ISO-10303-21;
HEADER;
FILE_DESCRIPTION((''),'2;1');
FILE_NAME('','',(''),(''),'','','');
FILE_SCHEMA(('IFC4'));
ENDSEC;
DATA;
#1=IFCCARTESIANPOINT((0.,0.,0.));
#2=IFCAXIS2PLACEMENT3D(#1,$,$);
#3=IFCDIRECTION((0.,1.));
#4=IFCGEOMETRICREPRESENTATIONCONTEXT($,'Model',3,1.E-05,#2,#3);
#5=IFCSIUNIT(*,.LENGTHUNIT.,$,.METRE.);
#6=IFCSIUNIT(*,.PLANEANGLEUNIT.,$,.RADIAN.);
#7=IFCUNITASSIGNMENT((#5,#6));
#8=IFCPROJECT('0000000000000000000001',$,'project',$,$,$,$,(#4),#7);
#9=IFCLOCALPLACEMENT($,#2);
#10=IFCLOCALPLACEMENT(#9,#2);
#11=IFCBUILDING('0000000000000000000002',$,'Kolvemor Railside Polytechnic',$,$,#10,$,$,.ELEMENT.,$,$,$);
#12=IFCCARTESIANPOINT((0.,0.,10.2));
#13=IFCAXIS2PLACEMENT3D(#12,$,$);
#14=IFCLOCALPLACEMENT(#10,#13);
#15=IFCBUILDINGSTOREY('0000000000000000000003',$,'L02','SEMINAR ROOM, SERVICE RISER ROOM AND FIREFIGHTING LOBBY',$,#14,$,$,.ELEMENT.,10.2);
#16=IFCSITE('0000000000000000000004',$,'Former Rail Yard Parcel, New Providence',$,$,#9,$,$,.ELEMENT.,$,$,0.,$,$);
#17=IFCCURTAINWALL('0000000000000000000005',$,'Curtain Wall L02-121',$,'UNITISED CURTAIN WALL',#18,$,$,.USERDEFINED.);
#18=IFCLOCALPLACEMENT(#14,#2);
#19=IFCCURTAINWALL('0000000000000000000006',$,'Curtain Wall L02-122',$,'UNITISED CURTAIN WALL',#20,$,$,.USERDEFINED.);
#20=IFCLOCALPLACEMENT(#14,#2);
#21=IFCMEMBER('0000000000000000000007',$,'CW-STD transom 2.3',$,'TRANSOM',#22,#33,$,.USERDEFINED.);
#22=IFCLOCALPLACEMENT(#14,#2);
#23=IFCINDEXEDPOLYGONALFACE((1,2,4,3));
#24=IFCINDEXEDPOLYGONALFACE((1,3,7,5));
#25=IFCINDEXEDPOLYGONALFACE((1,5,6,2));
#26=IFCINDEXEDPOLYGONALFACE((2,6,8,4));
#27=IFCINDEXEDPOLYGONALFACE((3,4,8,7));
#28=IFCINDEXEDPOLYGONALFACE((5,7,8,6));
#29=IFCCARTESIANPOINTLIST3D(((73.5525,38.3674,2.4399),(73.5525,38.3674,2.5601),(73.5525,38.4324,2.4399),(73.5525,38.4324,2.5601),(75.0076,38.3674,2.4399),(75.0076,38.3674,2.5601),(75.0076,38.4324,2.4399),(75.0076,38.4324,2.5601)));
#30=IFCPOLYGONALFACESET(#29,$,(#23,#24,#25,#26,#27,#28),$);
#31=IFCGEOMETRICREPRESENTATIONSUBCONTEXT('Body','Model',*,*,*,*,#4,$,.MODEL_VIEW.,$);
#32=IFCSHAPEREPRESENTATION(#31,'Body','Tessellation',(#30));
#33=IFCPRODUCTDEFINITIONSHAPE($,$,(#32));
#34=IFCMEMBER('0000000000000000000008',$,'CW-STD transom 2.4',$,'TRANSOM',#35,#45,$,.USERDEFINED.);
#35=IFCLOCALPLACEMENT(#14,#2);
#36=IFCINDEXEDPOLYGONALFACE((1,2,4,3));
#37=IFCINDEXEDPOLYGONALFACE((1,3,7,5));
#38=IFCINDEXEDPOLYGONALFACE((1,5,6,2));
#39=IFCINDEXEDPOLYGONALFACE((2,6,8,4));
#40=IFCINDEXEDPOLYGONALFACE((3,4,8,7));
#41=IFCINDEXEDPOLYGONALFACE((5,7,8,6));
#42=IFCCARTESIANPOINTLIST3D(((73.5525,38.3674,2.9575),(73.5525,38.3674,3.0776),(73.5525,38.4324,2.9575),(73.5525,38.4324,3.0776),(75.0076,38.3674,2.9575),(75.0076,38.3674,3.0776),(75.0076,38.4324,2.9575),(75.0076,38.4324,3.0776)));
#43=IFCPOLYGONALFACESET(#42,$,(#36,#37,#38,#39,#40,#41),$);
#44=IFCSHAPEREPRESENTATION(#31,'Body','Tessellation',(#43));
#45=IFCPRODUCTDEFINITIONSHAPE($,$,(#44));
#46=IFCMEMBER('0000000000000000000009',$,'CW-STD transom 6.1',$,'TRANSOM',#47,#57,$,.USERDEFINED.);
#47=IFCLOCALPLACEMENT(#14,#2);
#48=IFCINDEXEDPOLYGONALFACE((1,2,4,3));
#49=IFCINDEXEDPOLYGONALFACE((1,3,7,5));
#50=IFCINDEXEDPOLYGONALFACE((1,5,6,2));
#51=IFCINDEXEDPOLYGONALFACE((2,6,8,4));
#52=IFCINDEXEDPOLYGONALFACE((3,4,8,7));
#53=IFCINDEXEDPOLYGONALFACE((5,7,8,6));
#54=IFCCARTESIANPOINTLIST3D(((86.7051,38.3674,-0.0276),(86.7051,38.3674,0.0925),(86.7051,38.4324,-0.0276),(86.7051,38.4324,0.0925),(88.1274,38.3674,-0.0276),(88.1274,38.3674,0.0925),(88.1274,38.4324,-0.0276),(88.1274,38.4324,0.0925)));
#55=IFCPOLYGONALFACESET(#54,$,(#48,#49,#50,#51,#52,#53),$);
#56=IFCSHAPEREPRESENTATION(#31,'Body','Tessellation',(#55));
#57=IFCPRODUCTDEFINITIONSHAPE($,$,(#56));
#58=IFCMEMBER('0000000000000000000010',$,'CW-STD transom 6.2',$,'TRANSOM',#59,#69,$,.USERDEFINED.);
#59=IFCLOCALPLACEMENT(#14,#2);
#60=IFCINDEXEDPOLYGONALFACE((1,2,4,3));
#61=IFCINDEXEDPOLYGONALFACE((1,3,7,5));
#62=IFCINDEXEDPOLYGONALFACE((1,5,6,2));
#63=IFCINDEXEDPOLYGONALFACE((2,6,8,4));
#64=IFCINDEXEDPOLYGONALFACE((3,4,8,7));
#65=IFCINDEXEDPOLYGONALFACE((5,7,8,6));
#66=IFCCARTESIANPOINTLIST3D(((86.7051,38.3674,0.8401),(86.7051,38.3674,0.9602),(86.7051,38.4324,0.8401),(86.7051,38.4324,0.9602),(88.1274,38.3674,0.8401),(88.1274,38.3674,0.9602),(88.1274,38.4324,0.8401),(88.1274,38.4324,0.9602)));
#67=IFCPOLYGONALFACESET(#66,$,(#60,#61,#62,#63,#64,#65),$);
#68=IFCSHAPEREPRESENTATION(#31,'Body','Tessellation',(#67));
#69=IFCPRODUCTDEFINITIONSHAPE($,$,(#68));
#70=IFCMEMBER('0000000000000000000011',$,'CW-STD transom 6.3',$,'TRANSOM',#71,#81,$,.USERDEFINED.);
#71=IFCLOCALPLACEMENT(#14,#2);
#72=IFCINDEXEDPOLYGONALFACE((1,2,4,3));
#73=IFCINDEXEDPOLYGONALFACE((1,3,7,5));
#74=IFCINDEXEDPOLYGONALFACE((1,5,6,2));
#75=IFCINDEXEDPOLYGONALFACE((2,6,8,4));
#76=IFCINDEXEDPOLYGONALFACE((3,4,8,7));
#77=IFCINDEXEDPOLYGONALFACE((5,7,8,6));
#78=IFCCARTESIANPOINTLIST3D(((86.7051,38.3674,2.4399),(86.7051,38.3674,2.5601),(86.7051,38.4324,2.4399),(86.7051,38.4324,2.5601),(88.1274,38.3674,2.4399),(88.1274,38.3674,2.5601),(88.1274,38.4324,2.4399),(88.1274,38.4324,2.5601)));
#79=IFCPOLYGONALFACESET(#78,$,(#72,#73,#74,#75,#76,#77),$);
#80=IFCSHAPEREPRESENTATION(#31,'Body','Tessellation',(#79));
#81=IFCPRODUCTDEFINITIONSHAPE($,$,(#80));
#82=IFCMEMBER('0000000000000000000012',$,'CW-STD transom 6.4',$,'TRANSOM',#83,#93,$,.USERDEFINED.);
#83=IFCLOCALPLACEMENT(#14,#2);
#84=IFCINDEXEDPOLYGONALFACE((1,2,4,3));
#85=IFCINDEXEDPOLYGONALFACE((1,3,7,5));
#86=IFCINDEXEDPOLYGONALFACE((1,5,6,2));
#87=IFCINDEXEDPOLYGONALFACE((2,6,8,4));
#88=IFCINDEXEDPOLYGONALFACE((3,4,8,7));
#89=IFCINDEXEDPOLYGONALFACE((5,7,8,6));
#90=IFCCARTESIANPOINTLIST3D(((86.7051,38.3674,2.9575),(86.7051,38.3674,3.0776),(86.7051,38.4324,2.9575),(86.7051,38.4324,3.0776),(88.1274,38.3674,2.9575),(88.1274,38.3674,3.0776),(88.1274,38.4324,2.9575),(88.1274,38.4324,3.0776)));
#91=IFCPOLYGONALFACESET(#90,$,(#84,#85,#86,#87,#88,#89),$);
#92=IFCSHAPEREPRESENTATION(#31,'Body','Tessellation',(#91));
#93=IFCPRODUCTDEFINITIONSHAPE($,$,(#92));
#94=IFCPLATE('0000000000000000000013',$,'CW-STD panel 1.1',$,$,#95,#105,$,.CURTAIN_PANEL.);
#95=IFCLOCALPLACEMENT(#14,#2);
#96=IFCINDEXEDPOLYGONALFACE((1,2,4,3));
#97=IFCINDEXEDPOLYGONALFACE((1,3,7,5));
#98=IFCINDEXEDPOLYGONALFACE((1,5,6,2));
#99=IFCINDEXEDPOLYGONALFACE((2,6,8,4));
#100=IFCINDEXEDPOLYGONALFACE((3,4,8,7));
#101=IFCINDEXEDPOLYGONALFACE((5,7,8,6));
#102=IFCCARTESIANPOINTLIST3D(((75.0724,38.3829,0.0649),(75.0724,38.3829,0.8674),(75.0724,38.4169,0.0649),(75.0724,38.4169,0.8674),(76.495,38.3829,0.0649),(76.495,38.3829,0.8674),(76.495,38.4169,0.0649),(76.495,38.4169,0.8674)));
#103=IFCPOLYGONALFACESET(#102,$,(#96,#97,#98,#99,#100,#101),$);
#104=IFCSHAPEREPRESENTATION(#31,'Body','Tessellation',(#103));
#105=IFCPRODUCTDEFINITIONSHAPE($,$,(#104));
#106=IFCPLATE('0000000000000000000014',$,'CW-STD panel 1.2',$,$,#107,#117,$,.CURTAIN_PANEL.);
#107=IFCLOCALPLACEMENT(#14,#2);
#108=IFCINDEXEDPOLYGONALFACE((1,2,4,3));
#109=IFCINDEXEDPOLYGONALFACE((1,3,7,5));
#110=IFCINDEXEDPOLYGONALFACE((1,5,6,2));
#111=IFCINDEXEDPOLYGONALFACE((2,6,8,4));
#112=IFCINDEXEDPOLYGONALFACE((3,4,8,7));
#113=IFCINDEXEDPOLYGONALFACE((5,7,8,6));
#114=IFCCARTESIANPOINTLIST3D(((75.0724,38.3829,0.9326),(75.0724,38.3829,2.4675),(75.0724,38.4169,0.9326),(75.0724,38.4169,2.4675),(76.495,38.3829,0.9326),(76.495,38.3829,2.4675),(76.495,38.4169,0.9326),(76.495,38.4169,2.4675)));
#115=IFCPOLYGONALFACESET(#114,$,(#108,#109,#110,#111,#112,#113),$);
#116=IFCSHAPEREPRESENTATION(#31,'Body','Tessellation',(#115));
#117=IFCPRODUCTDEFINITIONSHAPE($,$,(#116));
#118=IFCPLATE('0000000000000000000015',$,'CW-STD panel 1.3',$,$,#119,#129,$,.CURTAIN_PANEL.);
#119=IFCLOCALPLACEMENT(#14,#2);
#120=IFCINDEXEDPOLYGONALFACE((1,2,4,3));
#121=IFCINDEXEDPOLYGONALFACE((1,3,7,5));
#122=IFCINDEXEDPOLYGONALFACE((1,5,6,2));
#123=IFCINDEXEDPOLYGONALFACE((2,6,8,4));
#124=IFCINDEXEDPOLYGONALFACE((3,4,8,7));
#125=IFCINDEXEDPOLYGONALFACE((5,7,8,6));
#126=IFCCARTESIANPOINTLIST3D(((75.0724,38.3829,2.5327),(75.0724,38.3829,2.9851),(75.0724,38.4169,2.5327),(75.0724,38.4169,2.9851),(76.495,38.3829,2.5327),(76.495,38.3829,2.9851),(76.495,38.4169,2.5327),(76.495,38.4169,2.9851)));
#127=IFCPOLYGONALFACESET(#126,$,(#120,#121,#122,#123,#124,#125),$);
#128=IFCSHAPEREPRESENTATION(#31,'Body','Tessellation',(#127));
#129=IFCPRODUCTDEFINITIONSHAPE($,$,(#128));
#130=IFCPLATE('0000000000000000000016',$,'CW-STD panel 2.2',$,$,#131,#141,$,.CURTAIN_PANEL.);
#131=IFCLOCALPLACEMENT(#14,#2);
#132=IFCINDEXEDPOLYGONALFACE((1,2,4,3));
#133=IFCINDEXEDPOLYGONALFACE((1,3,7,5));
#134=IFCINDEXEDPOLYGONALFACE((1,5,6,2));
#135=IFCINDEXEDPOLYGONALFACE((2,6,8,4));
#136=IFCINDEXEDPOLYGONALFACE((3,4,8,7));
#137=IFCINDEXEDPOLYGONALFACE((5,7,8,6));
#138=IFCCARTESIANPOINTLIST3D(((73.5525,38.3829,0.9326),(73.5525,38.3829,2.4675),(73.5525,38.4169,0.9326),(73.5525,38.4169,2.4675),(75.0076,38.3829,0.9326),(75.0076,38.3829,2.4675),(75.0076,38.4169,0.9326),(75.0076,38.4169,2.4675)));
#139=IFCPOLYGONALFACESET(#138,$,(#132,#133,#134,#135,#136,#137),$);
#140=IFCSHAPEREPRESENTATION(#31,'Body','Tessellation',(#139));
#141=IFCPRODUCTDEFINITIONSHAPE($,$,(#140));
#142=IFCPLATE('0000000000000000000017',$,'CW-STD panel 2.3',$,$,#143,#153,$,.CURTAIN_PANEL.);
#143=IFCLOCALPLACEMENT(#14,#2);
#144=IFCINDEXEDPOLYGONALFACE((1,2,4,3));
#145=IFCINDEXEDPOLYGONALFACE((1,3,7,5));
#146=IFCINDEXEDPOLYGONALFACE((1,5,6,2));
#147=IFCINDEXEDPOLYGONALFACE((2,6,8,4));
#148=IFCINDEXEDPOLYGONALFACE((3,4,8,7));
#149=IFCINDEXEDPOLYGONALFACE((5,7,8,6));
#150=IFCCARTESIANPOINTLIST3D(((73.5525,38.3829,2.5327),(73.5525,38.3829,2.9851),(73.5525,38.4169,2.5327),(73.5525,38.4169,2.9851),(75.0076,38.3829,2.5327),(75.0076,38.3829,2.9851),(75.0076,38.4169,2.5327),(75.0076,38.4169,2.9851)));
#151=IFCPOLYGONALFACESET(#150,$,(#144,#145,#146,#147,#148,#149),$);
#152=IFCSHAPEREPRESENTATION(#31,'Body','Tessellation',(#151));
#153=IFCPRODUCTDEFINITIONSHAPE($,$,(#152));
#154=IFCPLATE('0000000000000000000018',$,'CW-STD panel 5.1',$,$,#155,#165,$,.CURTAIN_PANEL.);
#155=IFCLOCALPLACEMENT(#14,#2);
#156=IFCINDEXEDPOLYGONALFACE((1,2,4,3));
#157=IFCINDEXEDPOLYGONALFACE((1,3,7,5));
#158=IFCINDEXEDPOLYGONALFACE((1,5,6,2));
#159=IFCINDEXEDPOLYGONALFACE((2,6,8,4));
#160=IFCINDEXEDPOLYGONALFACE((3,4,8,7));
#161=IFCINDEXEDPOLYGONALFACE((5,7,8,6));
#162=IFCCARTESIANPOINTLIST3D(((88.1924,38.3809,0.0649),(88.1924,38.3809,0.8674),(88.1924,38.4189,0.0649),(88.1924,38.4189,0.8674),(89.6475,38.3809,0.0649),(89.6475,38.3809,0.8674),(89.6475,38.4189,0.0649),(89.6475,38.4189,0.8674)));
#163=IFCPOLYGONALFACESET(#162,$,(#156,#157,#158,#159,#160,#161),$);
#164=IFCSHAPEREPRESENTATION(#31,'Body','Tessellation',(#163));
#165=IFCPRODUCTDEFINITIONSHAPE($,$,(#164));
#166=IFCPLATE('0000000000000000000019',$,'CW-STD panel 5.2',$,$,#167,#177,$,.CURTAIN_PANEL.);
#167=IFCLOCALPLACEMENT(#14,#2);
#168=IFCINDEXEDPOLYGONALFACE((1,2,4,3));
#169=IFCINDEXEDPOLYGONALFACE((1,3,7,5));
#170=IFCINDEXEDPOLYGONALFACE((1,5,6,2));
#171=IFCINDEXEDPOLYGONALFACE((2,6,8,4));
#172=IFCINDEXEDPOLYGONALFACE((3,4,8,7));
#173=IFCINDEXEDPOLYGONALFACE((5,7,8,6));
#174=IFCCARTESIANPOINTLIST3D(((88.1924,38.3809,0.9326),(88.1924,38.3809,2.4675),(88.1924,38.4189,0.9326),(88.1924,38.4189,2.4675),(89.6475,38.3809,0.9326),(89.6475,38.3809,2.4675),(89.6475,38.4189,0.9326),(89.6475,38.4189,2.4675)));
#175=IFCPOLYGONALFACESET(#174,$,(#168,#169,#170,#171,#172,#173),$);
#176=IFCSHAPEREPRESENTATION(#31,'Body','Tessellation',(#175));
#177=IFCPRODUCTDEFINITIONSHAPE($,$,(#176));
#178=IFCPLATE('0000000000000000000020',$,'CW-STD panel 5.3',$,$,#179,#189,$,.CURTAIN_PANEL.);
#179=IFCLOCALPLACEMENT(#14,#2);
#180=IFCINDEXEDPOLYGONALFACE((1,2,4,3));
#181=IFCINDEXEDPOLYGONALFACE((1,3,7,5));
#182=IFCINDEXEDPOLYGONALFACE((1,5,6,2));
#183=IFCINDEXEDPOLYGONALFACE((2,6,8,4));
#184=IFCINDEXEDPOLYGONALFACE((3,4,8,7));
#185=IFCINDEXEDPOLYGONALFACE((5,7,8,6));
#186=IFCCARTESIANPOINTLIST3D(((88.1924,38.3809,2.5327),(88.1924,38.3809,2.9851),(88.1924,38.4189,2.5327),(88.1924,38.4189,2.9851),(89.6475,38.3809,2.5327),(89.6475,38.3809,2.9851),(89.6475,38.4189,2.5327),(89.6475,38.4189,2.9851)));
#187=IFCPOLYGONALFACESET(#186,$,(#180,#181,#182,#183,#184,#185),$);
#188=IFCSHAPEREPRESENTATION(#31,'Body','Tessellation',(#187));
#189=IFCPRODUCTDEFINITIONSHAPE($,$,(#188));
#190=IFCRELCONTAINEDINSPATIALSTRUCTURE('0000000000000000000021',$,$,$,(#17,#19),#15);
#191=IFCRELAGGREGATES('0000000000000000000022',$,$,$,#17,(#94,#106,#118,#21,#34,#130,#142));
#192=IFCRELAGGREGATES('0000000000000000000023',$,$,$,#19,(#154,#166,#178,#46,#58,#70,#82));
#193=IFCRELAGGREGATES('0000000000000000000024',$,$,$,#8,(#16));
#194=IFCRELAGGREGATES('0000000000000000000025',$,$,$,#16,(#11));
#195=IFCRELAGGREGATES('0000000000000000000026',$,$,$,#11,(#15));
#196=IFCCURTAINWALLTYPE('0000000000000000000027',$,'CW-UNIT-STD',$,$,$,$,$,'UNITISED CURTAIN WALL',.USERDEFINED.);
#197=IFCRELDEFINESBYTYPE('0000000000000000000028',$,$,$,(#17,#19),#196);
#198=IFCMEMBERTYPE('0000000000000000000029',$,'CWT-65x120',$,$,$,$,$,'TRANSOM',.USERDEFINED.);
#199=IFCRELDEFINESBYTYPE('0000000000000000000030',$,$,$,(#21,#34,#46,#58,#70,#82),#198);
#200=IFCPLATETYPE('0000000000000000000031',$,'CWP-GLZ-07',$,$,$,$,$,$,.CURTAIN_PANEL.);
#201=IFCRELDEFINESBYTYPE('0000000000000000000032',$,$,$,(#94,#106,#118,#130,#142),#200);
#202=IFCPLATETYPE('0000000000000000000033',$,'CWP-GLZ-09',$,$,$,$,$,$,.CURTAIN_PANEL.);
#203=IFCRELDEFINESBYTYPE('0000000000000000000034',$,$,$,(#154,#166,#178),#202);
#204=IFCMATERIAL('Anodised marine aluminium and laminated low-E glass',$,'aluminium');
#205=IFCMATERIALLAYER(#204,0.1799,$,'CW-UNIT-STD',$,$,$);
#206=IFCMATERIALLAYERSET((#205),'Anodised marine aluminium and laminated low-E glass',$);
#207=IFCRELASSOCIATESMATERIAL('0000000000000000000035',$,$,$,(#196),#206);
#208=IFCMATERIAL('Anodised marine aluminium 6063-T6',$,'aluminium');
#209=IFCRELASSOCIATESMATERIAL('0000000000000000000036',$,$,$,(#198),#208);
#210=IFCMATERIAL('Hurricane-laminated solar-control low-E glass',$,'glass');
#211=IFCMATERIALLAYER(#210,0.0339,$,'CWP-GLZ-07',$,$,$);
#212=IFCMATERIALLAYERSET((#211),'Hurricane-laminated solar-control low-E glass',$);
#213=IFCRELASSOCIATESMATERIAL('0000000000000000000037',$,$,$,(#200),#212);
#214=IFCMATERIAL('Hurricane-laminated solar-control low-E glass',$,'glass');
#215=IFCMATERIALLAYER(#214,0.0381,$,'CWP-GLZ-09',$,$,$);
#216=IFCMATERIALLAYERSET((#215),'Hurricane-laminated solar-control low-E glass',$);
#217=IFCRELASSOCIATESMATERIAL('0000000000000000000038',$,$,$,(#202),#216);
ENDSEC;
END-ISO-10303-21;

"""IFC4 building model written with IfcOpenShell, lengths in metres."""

from ifc_helpers import new_model, si_unit, direction, frame, origin, origin_2d, place, context, subcontext, project, spatial, rectangle, extrude, material, layer, layer_set, material_profile, profile_set, type_object, element, aggregate, save


model = new_model("IFC4")

# Units and contexts
model_context = context("Model", 3, precision=1e-05, world=origin(), true_north=direction((0.0, 1.0)))
body_context = subcontext(model_context, "Body", "Model", "MODEL_VIEW")
ifc_project = project(units=[si_unit("LENGTHUNIT", "METRE"), si_unit("PLANEANGLEUNIT", "RADIAN")], contexts=[model_context])

# Site, building, storey
site_placement = place(None, origin())
site = spatial("IfcSite", under=ifc_project, at=site_placement, Name="Former Rail Yard Parcel, New Providence", CompositionType="ELEMENT", RefElevation=0.0)
building_placement = place(site_placement, origin())
building = spatial("IfcBuilding", under=site, at=building_placement, Name="Kolvemor Railside Polytechnic", CompositionType="ELEMENT")
storey_placement = place(building_placement, frame((0.0, 0.0, 10.2)))
storey = spatial("IfcBuildingStorey", under=building, at=storey_placement, Name="L02", Description="SEMINAR ROOM, SERVICE RISER ROOM AND FIREFIGHTING LOBBY", CompositionType="ELEMENT", Elevation=10.2)

# Curtain walls
ifc_material_1 = material(Name="Anodised marine aluminium and laminated low-E glass", Category="aluminium")
ifc_layer_1 = layer(ifc_material_1, 0.1799, Name="CW-UNIT-STD")
ifc_layer_set_1 = layer_set([ifc_layer_1], Name="Anodised marine aluminium and laminated low-E glass")
curtain_wall_type = type_object("IfcCurtainWallType", Name="CW-UNIT-STD", ElementType="UNITISED CURTAIN WALL", PredefinedType="USERDEFINED", material=ifc_layer_set_1)
curtain_wall_1_placement = place(storey_placement, origin())
curtain_wall_1 = element("IfcCurtainWall", 1, at=curtain_wall_1_placement, inside=storey, type_object=curtain_wall_type, Name="Curtain Wall L02-121", ObjectType="UNITISED CURTAIN WALL", PredefinedType="USERDEFINED")
curtain_wall_2_placement = place(storey_placement, origin())
curtain_wall_2 = element("IfcCurtainWall", 2, at=curtain_wall_2_placement, inside=storey, type_object=curtain_wall_type, Name="Curtain Wall L02-122", ObjectType="UNITISED CURTAIN WALL", PredefinedType="USERDEFINED")

# Members
ifc_material_2 = material(Name="Anodised marine aluminium 6063-T6", Category="aluminium")
ifc_material_profile_1 = material_profile(ifc_material_2, rectangle(XDim=0.0649, YDim=0.1201, at=origin_2d()), Name="CW-TRN-65x120")
ifc_profile_set_1 = profile_set([ifc_material_profile_1], Name="Anodised marine aluminium 6063-T6")
member_type_1 = type_object("IfcMemberType", Name="CWT-65x120", ElementType="TRANSOM", PredefinedType="USERDEFINED", material=ifc_profile_set_1)
member_1_placement = place(storey_placement, frame((75.0076, 38.3999, 2.5), z_axis=(-1.0, 0.0, 0.0), x_axis=(0.0, -1.0, 0.0)))
member_1 = element("IfcMember", 3, at=member_1_placement, type_object=member_type_1, Name="CW-STD transom 2.3", ObjectType="TRANSOM", PredefinedType="USERDEFINED", context=body_context, shape_type="SweptSolid", body=[
    extrude(rectangle(XDim=0.0649, YDim=0.1201, at=origin_2d()), origin(), (0.0, 0.0, 1.0), 1.4551),
])
member_2_placement = place(storey_placement, frame((75.0076, 38.3999, 3.0176), z_axis=(-1.0, 0.0, 0.0), x_axis=(0.0, -1.0, 0.0)))
member_2 = element("IfcMember", 4, at=member_2_placement, type_object=member_type_1, Name="CW-STD transom 2.4", ObjectType="TRANSOM", PredefinedType="USERDEFINED", context=body_context, shape_type="SweptSolid", body=[
    extrude(rectangle(XDim=0.0649, YDim=0.1201, at=origin_2d()), origin(), (0.0, 0.0, 1.0), 1.4551),
])
member_3_placement = place(storey_placement, frame((88.1274, 38.3999, 0.0325), z_axis=(-1.0, 0.0, 0.0), x_axis=(0.0, -1.0, 0.0)))
member_3 = element("IfcMember", 5, at=member_3_placement, type_object=member_type_1, Name="CW-STD transom 6.1", ObjectType="TRANSOM", PredefinedType="USERDEFINED", context=body_context, shape_type="SweptSolid", body=[
    extrude(rectangle(XDim=0.0649, YDim=0.1201, at=origin_2d()), origin(), (0.0, 0.0, 1.0), 1.4224),
])
member_4_placement = place(storey_placement, frame((88.1274, 38.3999, 0.9001), z_axis=(-1.0, 0.0, 0.0), x_axis=(0.0, -1.0, 0.0)))
member_4 = element("IfcMember", 6, at=member_4_placement, type_object=member_type_1, Name="CW-STD transom 6.2", ObjectType="TRANSOM", PredefinedType="USERDEFINED", context=body_context, shape_type="SweptSolid", body=[
    extrude(rectangle(XDim=0.0649, YDim=0.1201, at=origin_2d()), origin(), (0.0, 0.0, 1.0), 1.4224),
])
member_5_placement = place(storey_placement, frame((88.1274, 38.3999, 2.5), z_axis=(-1.0, 0.0, 0.0), x_axis=(0.0, -1.0, 0.0)))
member_5 = element("IfcMember", 7, at=member_5_placement, type_object=member_type_1, Name="CW-STD transom 6.3", ObjectType="TRANSOM", PredefinedType="USERDEFINED", context=body_context, shape_type="SweptSolid", body=[
    extrude(rectangle(XDim=0.0649, YDim=0.1201, at=origin_2d()), origin(), (0.0, 0.0, 1.0), 1.4224),
])
member_6_placement = place(storey_placement, frame((88.1274, 38.3999, 3.0176), z_axis=(-1.0, 0.0, 0.0), x_axis=(0.0, -1.0, 0.0)))
member_6 = element("IfcMember", 8, at=member_6_placement, type_object=member_type_1, Name="CW-STD transom 6.4", ObjectType="TRANSOM", PredefinedType="USERDEFINED", context=body_context, shape_type="SweptSolid", body=[
    extrude(rectangle(XDim=0.0649, YDim=0.1201, at=origin_2d()), origin(), (0.0, 0.0, 1.0), 1.4224),
])

# Plates
ifc_material_3 = material(Name="Hurricane-laminated solar-control low-E glass", Category="glass")
ifc_layer_2 = layer(ifc_material_3, 0.0339, Name="CWP-GLZ-07")
ifc_layer_set_2 = layer_set([ifc_layer_2], Name="Hurricane-laminated solar-control low-E glass")
plate_type_1 = type_object("IfcPlateType", Name="CWP-GLZ-07", PredefinedType="CURTAIN_PANEL", material=ifc_layer_set_2)
plate_1_placement = place(storey_placement, frame((75.7837, 38.3999, 0.0649), z_axis=(0.0, 0.0, 1.0), x_axis=(-1.0, 0.0, 0.0)))
plate_1 = element("IfcPlate", 9, at=plate_1_placement, type_object=plate_type_1, Name="CW-STD panel 1.1", PredefinedType="CURTAIN_PANEL", context=body_context, shape_type="SweptSolid", body=[
    extrude(rectangle(XDim=1.4226, YDim=0.0339, at=origin_2d()), origin(), (0.0, 0.0, 1.0), 0.8025),
])
plate_2_placement = place(storey_placement, frame((75.7837, 38.3999, 0.9326), z_axis=(0.0, 0.0, 1.0), x_axis=(-1.0, 0.0, 0.0)))
plate_2 = element("IfcPlate", 10, at=plate_2_placement, type_object=plate_type_1, Name="CW-STD panel 1.2", PredefinedType="CURTAIN_PANEL", context=body_context, shape_type="SweptSolid", body=[
    extrude(rectangle(XDim=1.4226, YDim=0.0339, at=origin_2d()), origin(), (0.0, 0.0, 1.0), 1.5349),
])
plate_3_placement = place(storey_placement, frame((75.7837, 38.3999, 2.5327), z_axis=(0.0, 0.0, 1.0), x_axis=(-1.0, 0.0, 0.0)))
plate_3 = element("IfcPlate", 11, at=plate_3_placement, type_object=plate_type_1, Name="CW-STD panel 1.3", PredefinedType="CURTAIN_PANEL", context=body_context, shape_type="SweptSolid", body=[
    extrude(rectangle(XDim=1.4226, YDim=0.0339, at=origin_2d()), origin(), (0.0, 0.0, 1.0), 0.4524),
])
plate_4_placement = place(storey_placement, frame((74.28, 38.3999, 0.9326), z_axis=(0.0, 0.0, 1.0), x_axis=(-1.0, 0.0, 0.0)))
plate_4 = element("IfcPlate", 12, at=plate_4_placement, type_object=plate_type_1, Name="CW-STD panel 2.2", PredefinedType="CURTAIN_PANEL", context=body_context, shape_type="SweptSolid", body=[
    extrude(rectangle(XDim=1.4551, YDim=0.0339, at=origin_2d()), origin(), (0.0, 0.0, 1.0), 1.5349),
])
plate_5_placement = place(storey_placement, frame((74.28, 38.3999, 2.5327), z_axis=(0.0, 0.0, 1.0), x_axis=(-1.0, 0.0, 0.0)))
plate_5 = element("IfcPlate", 13, at=plate_5_placement, type_object=plate_type_1, Name="CW-STD panel 2.3", PredefinedType="CURTAIN_PANEL", context=body_context, shape_type="SweptSolid", body=[
    extrude(rectangle(XDim=1.4551, YDim=0.0339, at=origin_2d()), origin(), (0.0, 0.0, 1.0), 0.4524),
])
aggregate(curtain_wall_1, [plate_1, plate_2, plate_3, member_1, member_2, plate_4, plate_5])
ifc_material_4 = material(Name="Hurricane-laminated solar-control low-E glass", Category="glass")
ifc_layer_3 = layer(ifc_material_4, 0.0381, Name="CWP-GLZ-09")
ifc_layer_set_3 = layer_set([ifc_layer_3], Name="Hurricane-laminated solar-control low-E glass")
plate_type_2 = type_object("IfcPlateType", Name="CWP-GLZ-09", PredefinedType="CURTAIN_PANEL", material=ifc_layer_set_3)
plate_6_placement = place(storey_placement, frame((88.9199, 38.3999, 0.0649), z_axis=(0.0, 0.0, 1.0), x_axis=(-1.0, 0.0, 0.0)))
plate_6 = element("IfcPlate", 14, at=plate_6_placement, type_object=plate_type_2, Name="CW-STD panel 5.1", PredefinedType="CURTAIN_PANEL", context=body_context, shape_type="SweptSolid", body=[
    extrude(rectangle(XDim=1.4551, YDim=0.0381, at=origin_2d()), origin(), (0.0, 0.0, 1.0), 0.8025),
])
plate_7_placement = place(storey_placement, frame((88.9199, 38.3999, 0.9326), z_axis=(0.0, 0.0, 1.0), x_axis=(-1.0, 0.0, 0.0)))
plate_7 = element("IfcPlate", 15, at=plate_7_placement, type_object=plate_type_2, Name="CW-STD panel 5.2", PredefinedType="CURTAIN_PANEL", context=body_context, shape_type="SweptSolid", body=[
    extrude(rectangle(XDim=1.4551, YDim=0.0381, at=origin_2d()), origin(), (0.0, 0.0, 1.0), 1.5349),
])
plate_8_placement = place(storey_placement, frame((88.9199, 38.3999, 2.5327), z_axis=(0.0, 0.0, 1.0), x_axis=(-1.0, 0.0, 0.0)))
plate_8 = element("IfcPlate", 16, at=plate_8_placement, type_object=plate_type_2, Name="CW-STD panel 5.3", PredefinedType="CURTAIN_PANEL", context=body_context, shape_type="SweptSolid", body=[
    extrude(rectangle(XDim=1.4551, YDim=0.0381, at=origin_2d()), origin(), (0.0, 0.0, 1.0), 0.4524),
])
aggregate(curtain_wall_2, [plate_6, plate_7, plate_8, member_3, member_4, member_5, member_6])

save(model, "model.ifc")
